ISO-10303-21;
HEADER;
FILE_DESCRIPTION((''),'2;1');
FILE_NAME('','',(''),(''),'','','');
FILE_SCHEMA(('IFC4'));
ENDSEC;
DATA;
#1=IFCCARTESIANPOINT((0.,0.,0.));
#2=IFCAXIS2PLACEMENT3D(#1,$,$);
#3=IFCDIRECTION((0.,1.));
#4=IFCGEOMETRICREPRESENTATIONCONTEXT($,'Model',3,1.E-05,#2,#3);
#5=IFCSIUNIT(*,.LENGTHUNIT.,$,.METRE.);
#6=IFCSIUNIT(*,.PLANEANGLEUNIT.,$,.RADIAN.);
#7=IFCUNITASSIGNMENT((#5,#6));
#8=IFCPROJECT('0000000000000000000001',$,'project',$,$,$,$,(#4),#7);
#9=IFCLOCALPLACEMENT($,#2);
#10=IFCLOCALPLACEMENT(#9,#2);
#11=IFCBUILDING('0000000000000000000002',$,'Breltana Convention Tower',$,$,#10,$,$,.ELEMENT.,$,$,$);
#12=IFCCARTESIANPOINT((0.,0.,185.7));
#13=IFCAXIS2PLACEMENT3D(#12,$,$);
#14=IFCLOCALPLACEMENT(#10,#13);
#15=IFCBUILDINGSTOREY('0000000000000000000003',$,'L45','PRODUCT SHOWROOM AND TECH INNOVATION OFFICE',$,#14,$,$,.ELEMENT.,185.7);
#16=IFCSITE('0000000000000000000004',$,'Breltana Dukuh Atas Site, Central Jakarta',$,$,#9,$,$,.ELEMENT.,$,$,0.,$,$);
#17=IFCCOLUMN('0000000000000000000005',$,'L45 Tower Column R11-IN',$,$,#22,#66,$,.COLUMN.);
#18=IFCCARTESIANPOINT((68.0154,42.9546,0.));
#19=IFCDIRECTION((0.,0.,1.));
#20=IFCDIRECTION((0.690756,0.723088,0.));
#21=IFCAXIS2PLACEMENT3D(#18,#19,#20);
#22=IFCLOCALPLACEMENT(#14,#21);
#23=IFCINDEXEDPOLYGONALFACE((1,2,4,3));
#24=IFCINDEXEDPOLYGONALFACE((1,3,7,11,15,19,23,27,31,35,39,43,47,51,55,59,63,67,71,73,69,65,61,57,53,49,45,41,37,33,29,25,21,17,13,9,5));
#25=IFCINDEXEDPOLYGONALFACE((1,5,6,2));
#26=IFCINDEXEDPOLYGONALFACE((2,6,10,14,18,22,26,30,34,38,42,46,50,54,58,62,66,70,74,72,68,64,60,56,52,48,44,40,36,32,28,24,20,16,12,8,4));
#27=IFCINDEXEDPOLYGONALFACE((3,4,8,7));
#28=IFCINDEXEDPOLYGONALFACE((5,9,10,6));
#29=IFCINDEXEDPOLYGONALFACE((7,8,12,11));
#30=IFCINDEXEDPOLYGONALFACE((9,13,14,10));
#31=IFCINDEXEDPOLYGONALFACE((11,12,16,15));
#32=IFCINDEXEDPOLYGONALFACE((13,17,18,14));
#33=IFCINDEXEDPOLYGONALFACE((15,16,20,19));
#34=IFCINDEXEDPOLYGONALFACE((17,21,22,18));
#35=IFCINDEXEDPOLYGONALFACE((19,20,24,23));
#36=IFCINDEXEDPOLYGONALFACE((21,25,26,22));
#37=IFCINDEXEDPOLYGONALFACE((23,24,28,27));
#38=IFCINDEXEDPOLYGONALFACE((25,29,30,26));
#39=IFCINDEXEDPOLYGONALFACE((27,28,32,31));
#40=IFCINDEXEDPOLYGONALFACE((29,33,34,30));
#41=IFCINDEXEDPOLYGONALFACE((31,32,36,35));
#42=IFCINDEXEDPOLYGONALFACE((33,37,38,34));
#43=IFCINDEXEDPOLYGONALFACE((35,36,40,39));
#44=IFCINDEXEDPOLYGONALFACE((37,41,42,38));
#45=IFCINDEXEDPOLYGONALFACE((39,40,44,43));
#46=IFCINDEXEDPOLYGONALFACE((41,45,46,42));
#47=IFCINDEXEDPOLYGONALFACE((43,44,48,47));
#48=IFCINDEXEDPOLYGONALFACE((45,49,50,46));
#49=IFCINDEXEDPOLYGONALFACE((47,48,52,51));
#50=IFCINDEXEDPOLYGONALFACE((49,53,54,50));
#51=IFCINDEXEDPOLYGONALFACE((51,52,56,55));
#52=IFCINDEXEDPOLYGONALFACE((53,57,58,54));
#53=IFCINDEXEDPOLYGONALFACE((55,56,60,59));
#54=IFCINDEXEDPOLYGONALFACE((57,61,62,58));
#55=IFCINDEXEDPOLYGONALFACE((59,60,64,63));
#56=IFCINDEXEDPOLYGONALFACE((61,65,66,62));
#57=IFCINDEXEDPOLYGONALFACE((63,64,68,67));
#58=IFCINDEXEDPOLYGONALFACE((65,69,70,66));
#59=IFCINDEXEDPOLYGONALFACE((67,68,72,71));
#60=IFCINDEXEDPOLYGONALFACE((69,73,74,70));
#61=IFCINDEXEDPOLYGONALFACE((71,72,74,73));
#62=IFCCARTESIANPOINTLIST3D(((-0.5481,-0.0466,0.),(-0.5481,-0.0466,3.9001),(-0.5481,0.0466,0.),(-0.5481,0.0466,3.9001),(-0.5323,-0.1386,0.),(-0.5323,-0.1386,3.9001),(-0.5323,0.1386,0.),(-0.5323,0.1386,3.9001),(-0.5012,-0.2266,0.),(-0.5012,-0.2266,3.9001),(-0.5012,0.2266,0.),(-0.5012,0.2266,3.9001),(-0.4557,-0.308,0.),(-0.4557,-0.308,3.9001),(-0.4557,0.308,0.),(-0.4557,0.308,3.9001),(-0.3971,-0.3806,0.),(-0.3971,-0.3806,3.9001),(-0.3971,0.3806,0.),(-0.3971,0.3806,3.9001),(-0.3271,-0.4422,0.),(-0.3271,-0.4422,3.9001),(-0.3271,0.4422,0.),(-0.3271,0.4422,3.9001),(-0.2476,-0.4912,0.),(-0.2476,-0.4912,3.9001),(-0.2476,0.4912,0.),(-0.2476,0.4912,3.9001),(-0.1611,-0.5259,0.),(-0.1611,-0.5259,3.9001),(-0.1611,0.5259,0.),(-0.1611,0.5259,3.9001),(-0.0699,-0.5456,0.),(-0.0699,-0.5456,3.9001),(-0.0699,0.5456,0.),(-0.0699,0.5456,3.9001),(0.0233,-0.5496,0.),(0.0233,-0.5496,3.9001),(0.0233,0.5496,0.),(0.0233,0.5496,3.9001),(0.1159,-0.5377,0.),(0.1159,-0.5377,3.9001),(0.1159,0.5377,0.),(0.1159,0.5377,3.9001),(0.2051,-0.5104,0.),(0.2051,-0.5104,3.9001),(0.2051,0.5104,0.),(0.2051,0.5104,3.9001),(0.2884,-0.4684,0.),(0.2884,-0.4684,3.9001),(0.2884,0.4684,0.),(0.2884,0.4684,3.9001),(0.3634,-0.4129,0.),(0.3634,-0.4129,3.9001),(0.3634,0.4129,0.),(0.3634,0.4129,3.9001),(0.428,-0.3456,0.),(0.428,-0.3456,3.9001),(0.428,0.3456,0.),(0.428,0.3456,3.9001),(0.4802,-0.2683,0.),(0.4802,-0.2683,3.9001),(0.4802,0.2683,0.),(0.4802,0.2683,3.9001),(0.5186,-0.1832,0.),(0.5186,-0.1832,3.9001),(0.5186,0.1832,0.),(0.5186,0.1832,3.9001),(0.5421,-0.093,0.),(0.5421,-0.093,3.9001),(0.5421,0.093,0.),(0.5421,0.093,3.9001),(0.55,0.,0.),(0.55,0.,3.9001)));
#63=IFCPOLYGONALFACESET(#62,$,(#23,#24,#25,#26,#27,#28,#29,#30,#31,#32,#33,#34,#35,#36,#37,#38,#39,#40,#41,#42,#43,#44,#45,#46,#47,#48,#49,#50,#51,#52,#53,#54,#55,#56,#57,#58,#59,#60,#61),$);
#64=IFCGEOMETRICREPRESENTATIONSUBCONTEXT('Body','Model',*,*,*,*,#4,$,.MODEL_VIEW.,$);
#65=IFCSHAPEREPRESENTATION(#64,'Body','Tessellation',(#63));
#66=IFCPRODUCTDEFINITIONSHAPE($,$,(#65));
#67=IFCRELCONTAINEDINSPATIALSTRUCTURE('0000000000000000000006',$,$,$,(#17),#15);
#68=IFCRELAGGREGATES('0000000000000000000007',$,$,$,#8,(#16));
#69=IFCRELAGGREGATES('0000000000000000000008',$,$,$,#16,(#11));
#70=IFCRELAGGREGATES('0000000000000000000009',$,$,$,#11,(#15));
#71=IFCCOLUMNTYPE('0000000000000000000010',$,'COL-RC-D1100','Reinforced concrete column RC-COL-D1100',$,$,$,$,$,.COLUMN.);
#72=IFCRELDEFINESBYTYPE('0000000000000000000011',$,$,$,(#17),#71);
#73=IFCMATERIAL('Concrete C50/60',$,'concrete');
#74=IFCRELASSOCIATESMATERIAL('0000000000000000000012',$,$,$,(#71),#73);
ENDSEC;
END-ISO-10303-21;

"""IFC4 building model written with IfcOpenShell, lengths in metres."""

from ifc_helpers import new_model, si_unit, direction, frame, origin, origin_2d, place, context, subcontext, project, spatial, circle, extrude, source, transform, mapped, material, material_profile, profile_set, type_object, element, save


model = new_model("IFC4")

# Units and contexts
model_context = context("Model", 3, precision=1e-05, world=origin(), true_north=direction((0.0, 1.0)))
body_context = subcontext(model_context, "Body", "Model", "MODEL_VIEW")
ifc_project = project(units=[si_unit("LENGTHUNIT", "METRE"), si_unit("PLANEANGLEUNIT", "RADIAN")], contexts=[model_context])

# Site, building, storey
site_placement = place(None, origin())
site = spatial("IfcSite", under=ifc_project, at=site_placement, Name="Breltana Dukuh Atas Site, Central Jakarta", CompositionType="ELEMENT", RefElevation=0.0)
building_placement = place(site_placement, origin())
building = spatial("IfcBuilding", under=site, at=building_placement, Name="Breltana Convention Tower", CompositionType="ELEMENT")
storey_placement = place(building_placement, frame((0.0, 0.0, 185.7)))
storey = spatial("IfcBuildingStorey", under=building, at=storey_placement, Name="L45", Description="PRODUCT SHOWROOM AND TECH INNOVATION OFFICE", CompositionType="ELEMENT", Elevation=185.7)

# Column
ifc_material_1 = material(Name="Concrete C50/60", Category="concrete")
ifc_material_profile_1 = material_profile(ifc_material_1, circle(Radius=0.55, at=origin_2d()), Name="RC-COL-D1100")
ifc_profile_set_1 = profile_set([ifc_material_profile_1], Name="Concrete C50/60")
column_type = type_object("IfcColumnType", Name="COL-RC-D1100", Description="Reinforced concrete column RC-COL-D1100", PredefinedType="COLUMN", material=ifc_profile_set_1)
shared_shape_1 = source(origin(), body_context, "Body", "SweptSolid", [
    extrude(circle(Radius=0.55, at=origin_2d()), origin(), (0.0, 0.0, 1.0), 3.9001),
])
column_placement = place(storey_placement, frame((68.0154, 42.9546, 0.0), z_axis=(0.0, 0.0, 1.0), x_axis=(0.690756, 0.723088, 0.0)))
element("IfcColumn", 1, at=column_placement, inside=storey, type_object=column_type, Name="L45 Tower Column R11-IN", PredefinedType="COLUMN", context=body_context, shape_type="MappedRepresentation", body=[
    mapped(shared_shape_1, transform((0.0, 0.0, 0.0), scale=1.0)),
])

save(model, "model.ifc")
